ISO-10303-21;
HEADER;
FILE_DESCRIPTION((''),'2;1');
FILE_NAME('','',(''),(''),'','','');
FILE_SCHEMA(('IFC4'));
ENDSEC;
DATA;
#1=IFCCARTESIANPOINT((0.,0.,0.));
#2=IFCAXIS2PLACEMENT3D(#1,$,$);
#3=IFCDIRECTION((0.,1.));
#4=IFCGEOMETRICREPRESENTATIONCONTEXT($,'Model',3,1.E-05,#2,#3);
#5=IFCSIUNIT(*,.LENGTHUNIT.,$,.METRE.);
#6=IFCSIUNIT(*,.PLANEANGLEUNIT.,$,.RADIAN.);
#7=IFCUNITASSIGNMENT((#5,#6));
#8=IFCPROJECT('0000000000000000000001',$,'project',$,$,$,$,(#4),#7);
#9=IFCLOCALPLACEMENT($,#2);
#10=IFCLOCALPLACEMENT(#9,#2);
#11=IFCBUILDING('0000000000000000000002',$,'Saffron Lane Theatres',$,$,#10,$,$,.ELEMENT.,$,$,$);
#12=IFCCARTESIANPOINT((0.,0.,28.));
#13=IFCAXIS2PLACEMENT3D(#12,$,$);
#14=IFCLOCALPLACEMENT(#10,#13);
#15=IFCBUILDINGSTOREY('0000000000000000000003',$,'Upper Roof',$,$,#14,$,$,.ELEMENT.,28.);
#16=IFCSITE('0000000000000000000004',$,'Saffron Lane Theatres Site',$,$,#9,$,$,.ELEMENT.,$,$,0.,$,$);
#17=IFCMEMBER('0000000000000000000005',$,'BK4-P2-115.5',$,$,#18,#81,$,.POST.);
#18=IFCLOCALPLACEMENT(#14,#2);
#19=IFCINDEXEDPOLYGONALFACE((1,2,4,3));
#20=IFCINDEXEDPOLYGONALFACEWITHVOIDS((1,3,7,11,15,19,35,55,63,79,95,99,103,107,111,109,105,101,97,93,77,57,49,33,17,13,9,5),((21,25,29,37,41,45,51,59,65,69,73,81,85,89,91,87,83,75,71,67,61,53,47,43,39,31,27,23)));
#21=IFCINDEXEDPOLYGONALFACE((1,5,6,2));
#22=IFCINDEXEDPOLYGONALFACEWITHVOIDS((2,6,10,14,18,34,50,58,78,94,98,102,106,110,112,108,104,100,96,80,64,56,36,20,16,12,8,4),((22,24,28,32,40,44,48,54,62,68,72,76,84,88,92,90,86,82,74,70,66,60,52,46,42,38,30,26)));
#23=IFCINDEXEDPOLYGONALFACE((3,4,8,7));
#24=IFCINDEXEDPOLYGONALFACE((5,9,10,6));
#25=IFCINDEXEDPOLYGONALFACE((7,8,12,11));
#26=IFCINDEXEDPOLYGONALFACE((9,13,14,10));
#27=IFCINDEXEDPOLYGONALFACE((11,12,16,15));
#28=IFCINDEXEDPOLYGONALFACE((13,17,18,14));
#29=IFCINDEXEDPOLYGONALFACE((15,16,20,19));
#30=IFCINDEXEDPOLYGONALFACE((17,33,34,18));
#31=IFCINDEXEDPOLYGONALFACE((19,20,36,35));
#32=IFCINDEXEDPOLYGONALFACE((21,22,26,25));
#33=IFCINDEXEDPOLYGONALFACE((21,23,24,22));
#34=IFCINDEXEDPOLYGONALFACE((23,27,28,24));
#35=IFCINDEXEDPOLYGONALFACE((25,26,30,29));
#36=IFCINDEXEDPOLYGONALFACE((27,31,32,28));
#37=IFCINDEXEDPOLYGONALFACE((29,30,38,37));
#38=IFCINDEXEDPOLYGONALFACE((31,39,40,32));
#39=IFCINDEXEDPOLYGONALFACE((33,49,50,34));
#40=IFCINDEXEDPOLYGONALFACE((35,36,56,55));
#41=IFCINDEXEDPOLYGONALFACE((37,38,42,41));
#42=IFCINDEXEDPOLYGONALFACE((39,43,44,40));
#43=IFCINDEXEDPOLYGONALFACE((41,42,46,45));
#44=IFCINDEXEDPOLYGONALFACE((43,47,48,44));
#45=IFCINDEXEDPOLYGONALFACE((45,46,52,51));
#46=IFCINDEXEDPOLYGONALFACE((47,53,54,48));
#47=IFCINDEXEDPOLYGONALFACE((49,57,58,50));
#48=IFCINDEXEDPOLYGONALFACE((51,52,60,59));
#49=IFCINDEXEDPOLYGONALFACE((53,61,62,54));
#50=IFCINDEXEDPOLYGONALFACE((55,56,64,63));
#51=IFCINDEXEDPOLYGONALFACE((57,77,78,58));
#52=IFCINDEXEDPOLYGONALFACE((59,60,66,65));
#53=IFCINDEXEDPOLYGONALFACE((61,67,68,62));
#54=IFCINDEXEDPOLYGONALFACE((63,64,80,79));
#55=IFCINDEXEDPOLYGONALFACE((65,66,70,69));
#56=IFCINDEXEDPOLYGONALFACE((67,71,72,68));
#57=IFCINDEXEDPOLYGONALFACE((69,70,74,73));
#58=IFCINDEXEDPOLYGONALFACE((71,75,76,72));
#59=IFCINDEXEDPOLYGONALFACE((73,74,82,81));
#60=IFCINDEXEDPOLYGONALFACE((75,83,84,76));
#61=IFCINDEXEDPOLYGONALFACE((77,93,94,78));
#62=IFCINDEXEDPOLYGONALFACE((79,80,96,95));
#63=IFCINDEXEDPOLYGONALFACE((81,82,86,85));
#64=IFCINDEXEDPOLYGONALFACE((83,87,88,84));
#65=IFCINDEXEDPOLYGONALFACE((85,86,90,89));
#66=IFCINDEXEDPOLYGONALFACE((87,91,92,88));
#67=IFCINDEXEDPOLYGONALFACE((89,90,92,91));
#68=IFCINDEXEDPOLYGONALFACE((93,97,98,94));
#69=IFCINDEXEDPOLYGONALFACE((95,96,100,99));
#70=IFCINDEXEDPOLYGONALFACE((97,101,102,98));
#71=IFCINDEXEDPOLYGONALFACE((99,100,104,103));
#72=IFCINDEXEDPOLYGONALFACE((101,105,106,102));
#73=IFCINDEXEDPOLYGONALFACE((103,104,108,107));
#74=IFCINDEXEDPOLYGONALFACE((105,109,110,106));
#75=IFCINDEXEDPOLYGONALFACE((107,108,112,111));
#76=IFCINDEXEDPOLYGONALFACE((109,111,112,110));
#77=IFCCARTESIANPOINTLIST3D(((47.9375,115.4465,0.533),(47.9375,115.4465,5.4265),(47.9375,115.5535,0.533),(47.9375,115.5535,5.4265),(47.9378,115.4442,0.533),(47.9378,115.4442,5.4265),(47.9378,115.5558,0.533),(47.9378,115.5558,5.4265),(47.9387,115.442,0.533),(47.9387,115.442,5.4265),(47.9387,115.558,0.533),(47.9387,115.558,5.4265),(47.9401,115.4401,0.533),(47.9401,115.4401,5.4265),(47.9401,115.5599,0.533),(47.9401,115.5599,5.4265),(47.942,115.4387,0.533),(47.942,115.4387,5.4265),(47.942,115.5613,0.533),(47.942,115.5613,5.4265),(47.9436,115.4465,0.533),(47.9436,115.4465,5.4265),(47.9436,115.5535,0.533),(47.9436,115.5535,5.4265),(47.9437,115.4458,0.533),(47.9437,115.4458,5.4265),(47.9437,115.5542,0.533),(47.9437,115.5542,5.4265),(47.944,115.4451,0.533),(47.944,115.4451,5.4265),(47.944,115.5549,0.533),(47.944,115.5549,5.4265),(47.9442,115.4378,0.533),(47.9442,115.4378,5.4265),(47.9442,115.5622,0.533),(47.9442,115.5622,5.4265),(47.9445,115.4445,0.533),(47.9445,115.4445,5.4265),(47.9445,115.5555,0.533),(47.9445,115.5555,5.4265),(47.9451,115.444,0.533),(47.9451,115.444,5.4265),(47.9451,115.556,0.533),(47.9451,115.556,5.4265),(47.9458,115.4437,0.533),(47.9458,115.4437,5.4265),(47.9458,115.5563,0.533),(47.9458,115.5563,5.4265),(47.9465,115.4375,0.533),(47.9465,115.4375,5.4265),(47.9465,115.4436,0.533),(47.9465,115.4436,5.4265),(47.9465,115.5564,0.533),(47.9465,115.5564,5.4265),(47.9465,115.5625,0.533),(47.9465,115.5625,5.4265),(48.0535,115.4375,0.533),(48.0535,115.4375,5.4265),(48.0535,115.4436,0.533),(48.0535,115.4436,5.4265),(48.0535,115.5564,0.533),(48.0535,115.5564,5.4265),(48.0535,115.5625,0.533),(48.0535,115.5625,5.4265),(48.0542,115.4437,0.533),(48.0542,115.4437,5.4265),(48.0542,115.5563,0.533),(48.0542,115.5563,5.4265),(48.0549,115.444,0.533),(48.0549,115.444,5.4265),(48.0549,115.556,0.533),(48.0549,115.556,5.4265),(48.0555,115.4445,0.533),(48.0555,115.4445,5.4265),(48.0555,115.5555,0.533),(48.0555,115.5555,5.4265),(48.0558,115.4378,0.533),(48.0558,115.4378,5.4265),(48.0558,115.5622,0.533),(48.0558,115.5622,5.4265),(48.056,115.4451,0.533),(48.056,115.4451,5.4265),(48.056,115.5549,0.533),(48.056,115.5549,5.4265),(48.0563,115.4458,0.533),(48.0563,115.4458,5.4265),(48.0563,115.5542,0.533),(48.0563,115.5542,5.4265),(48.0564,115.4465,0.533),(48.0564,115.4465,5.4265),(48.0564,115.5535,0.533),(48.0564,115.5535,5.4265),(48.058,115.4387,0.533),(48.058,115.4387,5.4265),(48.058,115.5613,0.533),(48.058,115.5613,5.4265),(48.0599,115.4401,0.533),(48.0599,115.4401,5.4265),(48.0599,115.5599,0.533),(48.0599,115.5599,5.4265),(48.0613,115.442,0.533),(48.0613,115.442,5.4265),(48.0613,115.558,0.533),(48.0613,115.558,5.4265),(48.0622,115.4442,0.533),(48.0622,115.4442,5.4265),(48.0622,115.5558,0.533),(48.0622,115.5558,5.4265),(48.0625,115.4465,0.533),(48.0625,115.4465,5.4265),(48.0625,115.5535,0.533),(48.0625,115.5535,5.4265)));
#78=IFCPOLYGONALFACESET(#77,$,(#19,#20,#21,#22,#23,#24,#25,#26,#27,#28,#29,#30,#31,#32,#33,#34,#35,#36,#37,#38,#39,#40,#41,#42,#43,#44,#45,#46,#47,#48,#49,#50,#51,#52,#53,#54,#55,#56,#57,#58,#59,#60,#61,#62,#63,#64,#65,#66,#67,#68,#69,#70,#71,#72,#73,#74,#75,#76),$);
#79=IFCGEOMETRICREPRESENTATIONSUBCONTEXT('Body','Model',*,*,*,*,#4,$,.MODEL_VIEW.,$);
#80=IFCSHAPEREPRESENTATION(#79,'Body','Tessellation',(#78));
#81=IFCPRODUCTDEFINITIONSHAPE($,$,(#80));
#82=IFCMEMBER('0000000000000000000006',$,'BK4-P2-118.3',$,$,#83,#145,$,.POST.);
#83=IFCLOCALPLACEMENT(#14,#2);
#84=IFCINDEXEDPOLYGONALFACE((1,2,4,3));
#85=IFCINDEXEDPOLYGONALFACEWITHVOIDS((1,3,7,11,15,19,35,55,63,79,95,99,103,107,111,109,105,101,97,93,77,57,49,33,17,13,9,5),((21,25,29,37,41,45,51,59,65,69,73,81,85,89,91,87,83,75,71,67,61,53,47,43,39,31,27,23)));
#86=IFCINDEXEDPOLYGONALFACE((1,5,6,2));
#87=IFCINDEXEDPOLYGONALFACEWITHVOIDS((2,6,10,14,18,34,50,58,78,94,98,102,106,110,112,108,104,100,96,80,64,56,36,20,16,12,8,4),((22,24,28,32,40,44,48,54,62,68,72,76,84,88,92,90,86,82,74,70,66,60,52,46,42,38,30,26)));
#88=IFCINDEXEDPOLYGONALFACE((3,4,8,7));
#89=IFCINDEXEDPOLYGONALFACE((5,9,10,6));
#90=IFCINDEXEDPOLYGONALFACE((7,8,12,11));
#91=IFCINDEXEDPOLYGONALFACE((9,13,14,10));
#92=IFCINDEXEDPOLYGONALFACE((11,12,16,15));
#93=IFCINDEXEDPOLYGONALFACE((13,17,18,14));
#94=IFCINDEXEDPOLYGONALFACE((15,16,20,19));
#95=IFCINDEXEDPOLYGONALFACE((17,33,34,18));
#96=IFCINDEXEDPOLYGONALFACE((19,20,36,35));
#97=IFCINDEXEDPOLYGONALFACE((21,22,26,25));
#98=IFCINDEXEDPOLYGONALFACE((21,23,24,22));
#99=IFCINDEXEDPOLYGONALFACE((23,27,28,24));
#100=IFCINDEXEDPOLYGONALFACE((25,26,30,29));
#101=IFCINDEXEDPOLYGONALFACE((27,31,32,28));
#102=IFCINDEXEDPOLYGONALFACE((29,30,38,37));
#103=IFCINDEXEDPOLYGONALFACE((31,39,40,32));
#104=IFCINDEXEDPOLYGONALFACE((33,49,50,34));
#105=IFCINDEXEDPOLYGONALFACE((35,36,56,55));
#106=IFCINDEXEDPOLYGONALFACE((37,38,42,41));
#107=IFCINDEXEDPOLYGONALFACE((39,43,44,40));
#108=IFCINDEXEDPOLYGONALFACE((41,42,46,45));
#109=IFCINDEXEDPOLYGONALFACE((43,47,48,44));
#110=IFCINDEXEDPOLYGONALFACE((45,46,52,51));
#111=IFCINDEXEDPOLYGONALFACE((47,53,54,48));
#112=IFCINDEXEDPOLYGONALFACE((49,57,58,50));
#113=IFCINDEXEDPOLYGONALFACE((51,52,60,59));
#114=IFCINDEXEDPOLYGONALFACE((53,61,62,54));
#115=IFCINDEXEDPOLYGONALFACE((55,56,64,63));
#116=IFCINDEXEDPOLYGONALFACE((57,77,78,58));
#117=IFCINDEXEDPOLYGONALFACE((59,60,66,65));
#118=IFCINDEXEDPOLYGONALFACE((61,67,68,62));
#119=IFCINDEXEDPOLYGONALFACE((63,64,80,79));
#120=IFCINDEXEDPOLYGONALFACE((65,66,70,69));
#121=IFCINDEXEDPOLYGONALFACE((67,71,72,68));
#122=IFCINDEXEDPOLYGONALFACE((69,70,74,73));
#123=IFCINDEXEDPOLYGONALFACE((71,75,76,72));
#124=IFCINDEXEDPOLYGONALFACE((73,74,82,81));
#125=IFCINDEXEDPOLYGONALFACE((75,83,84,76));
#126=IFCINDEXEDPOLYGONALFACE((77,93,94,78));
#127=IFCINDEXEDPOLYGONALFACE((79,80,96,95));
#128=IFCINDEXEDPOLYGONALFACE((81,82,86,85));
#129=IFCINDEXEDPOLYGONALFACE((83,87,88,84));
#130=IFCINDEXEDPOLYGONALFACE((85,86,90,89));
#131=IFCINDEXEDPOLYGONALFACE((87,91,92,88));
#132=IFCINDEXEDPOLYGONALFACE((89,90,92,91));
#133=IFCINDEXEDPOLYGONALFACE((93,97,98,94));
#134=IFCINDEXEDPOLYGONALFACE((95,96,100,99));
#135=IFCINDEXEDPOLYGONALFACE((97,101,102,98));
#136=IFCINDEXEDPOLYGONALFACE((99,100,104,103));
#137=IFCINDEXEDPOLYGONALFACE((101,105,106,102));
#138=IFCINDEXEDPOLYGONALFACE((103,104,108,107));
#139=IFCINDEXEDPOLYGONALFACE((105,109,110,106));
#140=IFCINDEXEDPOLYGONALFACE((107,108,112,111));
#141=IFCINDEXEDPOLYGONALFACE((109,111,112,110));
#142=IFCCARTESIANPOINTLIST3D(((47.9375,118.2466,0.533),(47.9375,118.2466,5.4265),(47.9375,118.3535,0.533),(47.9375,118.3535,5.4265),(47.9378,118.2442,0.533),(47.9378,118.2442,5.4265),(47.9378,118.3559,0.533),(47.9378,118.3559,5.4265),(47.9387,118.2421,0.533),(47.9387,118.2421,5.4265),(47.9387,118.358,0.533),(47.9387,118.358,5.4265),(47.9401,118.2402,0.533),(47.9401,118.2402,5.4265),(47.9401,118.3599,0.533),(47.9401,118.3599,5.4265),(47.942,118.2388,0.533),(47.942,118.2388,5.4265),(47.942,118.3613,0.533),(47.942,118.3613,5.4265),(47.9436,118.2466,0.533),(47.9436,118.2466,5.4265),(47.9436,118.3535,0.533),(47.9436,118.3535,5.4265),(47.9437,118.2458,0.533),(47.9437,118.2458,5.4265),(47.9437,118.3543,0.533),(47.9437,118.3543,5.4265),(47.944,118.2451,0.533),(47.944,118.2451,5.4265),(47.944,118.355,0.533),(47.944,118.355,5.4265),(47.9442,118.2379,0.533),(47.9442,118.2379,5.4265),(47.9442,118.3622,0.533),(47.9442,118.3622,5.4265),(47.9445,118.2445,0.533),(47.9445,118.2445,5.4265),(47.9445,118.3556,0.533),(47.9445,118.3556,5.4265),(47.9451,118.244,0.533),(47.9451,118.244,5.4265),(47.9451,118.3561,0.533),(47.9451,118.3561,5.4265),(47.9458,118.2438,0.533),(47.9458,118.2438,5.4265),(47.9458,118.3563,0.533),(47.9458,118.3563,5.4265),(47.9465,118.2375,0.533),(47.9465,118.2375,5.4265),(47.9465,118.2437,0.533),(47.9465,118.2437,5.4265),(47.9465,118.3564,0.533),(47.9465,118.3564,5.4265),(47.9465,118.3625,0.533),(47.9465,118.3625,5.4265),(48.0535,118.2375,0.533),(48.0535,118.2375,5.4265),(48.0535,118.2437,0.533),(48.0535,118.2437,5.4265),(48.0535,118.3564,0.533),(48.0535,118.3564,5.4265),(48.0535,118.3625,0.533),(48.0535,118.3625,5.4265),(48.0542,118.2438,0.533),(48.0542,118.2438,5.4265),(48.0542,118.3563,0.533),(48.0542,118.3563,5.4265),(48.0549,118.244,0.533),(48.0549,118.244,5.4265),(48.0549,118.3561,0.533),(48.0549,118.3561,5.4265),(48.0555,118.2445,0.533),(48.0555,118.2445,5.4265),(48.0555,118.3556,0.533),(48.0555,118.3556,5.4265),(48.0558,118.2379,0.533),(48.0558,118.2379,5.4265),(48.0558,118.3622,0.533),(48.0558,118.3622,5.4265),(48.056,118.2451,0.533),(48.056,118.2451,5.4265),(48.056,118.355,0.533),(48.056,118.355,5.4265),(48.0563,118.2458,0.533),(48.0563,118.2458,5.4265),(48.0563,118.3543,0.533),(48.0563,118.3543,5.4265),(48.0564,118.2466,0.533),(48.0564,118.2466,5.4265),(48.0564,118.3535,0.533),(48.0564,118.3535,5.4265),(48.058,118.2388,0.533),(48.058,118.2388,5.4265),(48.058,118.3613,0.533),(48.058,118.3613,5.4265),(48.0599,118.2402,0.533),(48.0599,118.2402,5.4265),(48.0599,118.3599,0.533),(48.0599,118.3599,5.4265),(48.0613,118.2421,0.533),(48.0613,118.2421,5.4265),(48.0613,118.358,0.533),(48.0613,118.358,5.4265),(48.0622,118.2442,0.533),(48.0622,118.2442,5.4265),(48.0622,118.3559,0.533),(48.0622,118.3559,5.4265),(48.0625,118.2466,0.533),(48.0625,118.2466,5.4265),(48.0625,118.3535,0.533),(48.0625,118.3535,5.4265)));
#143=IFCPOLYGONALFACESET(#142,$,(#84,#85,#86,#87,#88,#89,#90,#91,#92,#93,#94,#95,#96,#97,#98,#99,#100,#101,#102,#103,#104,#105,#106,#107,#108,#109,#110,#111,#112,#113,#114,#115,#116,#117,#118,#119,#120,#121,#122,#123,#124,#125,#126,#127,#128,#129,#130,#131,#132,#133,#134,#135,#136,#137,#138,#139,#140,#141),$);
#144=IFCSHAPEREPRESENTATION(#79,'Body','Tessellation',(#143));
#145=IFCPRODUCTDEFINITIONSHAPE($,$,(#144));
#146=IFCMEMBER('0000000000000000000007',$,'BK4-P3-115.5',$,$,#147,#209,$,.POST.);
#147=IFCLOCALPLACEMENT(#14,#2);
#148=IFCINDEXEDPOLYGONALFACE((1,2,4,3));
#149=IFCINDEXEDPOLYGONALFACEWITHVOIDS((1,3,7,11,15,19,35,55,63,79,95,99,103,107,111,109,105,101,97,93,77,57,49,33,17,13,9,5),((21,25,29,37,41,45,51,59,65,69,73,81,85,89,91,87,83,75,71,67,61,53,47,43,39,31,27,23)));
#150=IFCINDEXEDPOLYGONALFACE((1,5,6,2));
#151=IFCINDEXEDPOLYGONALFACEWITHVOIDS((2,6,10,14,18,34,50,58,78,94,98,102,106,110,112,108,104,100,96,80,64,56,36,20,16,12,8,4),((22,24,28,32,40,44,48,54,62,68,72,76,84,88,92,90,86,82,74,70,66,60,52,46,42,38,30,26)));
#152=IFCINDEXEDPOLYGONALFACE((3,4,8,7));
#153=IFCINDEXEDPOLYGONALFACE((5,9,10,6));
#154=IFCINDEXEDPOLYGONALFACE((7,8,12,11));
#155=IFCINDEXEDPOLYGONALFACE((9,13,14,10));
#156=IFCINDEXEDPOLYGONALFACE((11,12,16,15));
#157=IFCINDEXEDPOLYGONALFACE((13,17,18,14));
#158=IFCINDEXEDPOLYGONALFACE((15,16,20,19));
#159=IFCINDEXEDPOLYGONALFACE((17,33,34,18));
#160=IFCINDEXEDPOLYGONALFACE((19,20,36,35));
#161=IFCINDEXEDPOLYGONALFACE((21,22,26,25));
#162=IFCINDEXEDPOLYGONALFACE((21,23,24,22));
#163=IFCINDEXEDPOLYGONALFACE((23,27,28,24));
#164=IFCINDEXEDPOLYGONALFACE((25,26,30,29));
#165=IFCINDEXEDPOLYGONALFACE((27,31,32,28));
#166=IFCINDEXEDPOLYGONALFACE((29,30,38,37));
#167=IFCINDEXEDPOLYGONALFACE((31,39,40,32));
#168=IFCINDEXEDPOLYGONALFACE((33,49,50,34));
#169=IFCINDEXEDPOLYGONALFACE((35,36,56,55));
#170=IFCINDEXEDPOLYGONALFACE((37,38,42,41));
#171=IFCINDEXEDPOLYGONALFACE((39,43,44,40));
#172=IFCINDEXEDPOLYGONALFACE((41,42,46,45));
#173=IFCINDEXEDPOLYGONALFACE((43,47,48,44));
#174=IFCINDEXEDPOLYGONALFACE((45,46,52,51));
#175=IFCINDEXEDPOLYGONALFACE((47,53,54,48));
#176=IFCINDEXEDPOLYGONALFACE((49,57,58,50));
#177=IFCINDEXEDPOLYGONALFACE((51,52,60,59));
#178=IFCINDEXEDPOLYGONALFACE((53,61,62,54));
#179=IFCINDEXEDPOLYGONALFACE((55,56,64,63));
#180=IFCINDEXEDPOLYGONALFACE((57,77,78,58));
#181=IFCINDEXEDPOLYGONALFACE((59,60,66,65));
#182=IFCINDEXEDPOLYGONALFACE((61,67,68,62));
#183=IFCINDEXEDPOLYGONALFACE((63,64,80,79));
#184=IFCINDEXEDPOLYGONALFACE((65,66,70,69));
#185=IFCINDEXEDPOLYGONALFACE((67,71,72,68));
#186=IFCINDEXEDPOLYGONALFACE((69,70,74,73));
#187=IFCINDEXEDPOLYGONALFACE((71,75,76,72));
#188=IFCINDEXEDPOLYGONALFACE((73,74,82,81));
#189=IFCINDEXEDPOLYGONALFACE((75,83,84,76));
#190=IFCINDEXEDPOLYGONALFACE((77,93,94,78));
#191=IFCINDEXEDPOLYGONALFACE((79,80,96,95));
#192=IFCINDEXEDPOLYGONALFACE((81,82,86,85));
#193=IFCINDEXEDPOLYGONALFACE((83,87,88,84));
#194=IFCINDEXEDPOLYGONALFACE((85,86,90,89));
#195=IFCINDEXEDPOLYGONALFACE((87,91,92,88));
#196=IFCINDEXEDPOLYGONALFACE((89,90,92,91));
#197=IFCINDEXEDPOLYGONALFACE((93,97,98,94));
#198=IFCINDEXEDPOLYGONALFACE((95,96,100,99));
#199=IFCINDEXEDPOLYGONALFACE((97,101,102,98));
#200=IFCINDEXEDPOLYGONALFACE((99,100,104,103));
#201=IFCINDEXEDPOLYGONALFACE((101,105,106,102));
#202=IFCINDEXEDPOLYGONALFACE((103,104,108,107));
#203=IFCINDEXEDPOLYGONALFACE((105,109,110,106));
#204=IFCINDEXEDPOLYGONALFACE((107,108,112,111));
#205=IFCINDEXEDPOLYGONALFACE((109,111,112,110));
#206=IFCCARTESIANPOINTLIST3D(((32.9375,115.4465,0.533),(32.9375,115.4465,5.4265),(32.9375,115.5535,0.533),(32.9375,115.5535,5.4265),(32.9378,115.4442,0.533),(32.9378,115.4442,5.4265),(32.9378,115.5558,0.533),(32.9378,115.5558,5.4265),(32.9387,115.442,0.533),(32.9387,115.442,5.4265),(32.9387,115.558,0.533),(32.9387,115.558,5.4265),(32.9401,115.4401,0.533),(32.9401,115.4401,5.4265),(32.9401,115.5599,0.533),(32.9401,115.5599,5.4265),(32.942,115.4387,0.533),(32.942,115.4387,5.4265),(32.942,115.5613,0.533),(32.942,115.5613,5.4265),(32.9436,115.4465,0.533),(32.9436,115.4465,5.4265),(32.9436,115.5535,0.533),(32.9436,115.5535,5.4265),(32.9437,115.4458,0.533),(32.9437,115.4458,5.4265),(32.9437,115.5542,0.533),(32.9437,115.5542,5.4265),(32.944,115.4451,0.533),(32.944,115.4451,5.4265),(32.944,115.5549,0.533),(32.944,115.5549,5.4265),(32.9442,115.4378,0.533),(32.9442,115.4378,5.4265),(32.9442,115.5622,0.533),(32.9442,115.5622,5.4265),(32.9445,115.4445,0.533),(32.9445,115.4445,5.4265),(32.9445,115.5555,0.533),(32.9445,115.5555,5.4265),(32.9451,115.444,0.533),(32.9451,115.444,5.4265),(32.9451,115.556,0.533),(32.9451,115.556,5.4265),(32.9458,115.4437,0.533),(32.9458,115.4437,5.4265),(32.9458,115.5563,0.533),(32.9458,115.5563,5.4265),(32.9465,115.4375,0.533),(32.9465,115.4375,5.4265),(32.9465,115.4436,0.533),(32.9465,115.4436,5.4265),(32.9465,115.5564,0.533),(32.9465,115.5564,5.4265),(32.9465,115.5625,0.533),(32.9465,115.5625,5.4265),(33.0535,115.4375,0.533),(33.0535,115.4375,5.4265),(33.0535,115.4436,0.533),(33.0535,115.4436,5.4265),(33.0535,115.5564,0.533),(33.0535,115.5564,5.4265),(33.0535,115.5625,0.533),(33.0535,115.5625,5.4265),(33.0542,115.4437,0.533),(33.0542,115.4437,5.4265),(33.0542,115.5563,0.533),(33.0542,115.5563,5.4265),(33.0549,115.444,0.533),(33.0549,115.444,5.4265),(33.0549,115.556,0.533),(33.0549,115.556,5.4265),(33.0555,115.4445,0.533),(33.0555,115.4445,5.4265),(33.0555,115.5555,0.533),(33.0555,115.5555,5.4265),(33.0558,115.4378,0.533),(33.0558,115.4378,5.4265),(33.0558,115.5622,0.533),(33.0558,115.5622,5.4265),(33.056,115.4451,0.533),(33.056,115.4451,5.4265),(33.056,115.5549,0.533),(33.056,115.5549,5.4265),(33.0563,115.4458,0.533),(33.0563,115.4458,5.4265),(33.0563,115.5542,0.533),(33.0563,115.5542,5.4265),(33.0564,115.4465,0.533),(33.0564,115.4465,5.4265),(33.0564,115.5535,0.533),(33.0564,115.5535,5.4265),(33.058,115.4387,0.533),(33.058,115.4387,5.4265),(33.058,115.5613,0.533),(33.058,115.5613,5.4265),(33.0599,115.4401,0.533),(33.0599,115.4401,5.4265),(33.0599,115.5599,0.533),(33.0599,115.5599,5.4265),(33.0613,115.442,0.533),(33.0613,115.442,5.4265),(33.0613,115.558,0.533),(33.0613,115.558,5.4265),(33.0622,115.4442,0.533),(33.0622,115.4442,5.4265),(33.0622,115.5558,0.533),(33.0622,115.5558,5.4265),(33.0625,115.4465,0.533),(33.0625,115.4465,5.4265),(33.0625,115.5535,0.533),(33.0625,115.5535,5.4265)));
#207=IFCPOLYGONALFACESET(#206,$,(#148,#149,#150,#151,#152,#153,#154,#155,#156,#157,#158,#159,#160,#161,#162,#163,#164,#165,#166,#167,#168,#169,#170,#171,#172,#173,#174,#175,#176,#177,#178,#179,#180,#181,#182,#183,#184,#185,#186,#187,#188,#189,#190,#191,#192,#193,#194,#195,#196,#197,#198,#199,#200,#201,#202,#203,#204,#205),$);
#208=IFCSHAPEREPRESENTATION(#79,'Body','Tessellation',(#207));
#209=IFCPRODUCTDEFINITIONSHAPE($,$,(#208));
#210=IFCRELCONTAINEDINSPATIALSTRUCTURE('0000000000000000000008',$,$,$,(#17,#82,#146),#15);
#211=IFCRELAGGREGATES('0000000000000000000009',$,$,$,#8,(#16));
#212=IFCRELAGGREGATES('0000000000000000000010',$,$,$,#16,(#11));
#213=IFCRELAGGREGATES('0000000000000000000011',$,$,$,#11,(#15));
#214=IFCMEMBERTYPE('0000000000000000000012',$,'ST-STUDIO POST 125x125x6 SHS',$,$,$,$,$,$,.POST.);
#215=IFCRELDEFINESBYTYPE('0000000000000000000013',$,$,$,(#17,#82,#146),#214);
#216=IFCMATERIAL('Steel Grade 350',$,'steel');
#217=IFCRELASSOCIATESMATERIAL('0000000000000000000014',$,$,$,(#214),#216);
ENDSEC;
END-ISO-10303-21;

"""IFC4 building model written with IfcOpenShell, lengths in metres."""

from ifc_helpers import new_model, si_unit, direction, frame, origin, origin_2d, place, context, subcontext, project, spatial, hollow_rectangle, extrude, material, material_profile, profile_set, type_object, element, save


model = new_model("IFC4")

# Units and contexts
model_context = context("Model", 3, precision=1e-05, world=origin(), true_north=direction((0.0, 1.0)))
body_context = subcontext(model_context, "Body", "Model", "MODEL_VIEW")
ifc_project = project(units=[si_unit("LENGTHUNIT", "METRE"), si_unit("PLANEANGLEUNIT", "RADIAN")], contexts=[model_context])

# Site, building, storey
site_placement = place(None, origin())
site = spatial("IfcSite", under=ifc_project, at=site_placement, Name="Saffron Lane Theatres Site", CompositionType="ELEMENT", RefElevation=0.0)
building_placement = place(site_placement, origin())
building = spatial("IfcBuilding", under=site, at=building_placement, Name="Saffron Lane Theatres", CompositionType="ELEMENT")
storey_placement = place(building_placement, frame((0.0, 0.0, 28.0)))
storey = spatial("IfcBuildingStorey", under=building, at=storey_placement, Name="Upper Roof", CompositionType="ELEMENT", Elevation=28.0)

# Members
ifc_material_1 = material(Name="Steel Grade 350", Category="steel")
ifc_material_profile_1 = material_profile(ifc_material_1, hollow_rectangle(XDim=0.125, YDim=0.125, WallThickness=0.0061, InnerFilletRadius=0.0029, OuterFilletRadius=0.009, at=origin_2d()))
ifc_profile_set_1 = profile_set([ifc_material_profile_1], Name="Steel Grade 350")
member_type_1 = type_object("IfcMemberType", Name="ST-STUDIO POST 125x125x6 SHS", PredefinedType="POST", material=ifc_profile_set_1)
for number, where, z_axis, x_axis, name in (
    (1, (48.0, 115.5, 0.533), (0.0, 0.0, 1.0), (1.0, 0.0, 0.0), "BK4-P2-115.5"),
    (2, (48.0, 118.3, 0.533), (0.0, 0.0, 1.0), (1.0, 0.0, 0.0), "BK4-P2-118.3"),
    (3, (33.0, 115.5, 0.533), (0.0, 0.0, 1.0), (1.0, 0.0, 0.0), "BK4-P3-115.5"),
):
    element("IfcMember", number, at=place(storey_placement, frame(where, z_axis=z_axis, x_axis=x_axis)), inside=storey, type_object=member_type_1, Name=name, PredefinedType="POST", context=body_context, shape_type="SweptSolid", body=[
        extrude(hollow_rectangle(XDim=0.125, YDim=0.125, WallThickness=0.0061, InnerFilletRadius=0.0029, OuterFilletRadius=0.009, at=origin_2d()), origin(), (0.0, 0.0, 1.0), 4.8936),
    ])

save(model, "model.ifc")
